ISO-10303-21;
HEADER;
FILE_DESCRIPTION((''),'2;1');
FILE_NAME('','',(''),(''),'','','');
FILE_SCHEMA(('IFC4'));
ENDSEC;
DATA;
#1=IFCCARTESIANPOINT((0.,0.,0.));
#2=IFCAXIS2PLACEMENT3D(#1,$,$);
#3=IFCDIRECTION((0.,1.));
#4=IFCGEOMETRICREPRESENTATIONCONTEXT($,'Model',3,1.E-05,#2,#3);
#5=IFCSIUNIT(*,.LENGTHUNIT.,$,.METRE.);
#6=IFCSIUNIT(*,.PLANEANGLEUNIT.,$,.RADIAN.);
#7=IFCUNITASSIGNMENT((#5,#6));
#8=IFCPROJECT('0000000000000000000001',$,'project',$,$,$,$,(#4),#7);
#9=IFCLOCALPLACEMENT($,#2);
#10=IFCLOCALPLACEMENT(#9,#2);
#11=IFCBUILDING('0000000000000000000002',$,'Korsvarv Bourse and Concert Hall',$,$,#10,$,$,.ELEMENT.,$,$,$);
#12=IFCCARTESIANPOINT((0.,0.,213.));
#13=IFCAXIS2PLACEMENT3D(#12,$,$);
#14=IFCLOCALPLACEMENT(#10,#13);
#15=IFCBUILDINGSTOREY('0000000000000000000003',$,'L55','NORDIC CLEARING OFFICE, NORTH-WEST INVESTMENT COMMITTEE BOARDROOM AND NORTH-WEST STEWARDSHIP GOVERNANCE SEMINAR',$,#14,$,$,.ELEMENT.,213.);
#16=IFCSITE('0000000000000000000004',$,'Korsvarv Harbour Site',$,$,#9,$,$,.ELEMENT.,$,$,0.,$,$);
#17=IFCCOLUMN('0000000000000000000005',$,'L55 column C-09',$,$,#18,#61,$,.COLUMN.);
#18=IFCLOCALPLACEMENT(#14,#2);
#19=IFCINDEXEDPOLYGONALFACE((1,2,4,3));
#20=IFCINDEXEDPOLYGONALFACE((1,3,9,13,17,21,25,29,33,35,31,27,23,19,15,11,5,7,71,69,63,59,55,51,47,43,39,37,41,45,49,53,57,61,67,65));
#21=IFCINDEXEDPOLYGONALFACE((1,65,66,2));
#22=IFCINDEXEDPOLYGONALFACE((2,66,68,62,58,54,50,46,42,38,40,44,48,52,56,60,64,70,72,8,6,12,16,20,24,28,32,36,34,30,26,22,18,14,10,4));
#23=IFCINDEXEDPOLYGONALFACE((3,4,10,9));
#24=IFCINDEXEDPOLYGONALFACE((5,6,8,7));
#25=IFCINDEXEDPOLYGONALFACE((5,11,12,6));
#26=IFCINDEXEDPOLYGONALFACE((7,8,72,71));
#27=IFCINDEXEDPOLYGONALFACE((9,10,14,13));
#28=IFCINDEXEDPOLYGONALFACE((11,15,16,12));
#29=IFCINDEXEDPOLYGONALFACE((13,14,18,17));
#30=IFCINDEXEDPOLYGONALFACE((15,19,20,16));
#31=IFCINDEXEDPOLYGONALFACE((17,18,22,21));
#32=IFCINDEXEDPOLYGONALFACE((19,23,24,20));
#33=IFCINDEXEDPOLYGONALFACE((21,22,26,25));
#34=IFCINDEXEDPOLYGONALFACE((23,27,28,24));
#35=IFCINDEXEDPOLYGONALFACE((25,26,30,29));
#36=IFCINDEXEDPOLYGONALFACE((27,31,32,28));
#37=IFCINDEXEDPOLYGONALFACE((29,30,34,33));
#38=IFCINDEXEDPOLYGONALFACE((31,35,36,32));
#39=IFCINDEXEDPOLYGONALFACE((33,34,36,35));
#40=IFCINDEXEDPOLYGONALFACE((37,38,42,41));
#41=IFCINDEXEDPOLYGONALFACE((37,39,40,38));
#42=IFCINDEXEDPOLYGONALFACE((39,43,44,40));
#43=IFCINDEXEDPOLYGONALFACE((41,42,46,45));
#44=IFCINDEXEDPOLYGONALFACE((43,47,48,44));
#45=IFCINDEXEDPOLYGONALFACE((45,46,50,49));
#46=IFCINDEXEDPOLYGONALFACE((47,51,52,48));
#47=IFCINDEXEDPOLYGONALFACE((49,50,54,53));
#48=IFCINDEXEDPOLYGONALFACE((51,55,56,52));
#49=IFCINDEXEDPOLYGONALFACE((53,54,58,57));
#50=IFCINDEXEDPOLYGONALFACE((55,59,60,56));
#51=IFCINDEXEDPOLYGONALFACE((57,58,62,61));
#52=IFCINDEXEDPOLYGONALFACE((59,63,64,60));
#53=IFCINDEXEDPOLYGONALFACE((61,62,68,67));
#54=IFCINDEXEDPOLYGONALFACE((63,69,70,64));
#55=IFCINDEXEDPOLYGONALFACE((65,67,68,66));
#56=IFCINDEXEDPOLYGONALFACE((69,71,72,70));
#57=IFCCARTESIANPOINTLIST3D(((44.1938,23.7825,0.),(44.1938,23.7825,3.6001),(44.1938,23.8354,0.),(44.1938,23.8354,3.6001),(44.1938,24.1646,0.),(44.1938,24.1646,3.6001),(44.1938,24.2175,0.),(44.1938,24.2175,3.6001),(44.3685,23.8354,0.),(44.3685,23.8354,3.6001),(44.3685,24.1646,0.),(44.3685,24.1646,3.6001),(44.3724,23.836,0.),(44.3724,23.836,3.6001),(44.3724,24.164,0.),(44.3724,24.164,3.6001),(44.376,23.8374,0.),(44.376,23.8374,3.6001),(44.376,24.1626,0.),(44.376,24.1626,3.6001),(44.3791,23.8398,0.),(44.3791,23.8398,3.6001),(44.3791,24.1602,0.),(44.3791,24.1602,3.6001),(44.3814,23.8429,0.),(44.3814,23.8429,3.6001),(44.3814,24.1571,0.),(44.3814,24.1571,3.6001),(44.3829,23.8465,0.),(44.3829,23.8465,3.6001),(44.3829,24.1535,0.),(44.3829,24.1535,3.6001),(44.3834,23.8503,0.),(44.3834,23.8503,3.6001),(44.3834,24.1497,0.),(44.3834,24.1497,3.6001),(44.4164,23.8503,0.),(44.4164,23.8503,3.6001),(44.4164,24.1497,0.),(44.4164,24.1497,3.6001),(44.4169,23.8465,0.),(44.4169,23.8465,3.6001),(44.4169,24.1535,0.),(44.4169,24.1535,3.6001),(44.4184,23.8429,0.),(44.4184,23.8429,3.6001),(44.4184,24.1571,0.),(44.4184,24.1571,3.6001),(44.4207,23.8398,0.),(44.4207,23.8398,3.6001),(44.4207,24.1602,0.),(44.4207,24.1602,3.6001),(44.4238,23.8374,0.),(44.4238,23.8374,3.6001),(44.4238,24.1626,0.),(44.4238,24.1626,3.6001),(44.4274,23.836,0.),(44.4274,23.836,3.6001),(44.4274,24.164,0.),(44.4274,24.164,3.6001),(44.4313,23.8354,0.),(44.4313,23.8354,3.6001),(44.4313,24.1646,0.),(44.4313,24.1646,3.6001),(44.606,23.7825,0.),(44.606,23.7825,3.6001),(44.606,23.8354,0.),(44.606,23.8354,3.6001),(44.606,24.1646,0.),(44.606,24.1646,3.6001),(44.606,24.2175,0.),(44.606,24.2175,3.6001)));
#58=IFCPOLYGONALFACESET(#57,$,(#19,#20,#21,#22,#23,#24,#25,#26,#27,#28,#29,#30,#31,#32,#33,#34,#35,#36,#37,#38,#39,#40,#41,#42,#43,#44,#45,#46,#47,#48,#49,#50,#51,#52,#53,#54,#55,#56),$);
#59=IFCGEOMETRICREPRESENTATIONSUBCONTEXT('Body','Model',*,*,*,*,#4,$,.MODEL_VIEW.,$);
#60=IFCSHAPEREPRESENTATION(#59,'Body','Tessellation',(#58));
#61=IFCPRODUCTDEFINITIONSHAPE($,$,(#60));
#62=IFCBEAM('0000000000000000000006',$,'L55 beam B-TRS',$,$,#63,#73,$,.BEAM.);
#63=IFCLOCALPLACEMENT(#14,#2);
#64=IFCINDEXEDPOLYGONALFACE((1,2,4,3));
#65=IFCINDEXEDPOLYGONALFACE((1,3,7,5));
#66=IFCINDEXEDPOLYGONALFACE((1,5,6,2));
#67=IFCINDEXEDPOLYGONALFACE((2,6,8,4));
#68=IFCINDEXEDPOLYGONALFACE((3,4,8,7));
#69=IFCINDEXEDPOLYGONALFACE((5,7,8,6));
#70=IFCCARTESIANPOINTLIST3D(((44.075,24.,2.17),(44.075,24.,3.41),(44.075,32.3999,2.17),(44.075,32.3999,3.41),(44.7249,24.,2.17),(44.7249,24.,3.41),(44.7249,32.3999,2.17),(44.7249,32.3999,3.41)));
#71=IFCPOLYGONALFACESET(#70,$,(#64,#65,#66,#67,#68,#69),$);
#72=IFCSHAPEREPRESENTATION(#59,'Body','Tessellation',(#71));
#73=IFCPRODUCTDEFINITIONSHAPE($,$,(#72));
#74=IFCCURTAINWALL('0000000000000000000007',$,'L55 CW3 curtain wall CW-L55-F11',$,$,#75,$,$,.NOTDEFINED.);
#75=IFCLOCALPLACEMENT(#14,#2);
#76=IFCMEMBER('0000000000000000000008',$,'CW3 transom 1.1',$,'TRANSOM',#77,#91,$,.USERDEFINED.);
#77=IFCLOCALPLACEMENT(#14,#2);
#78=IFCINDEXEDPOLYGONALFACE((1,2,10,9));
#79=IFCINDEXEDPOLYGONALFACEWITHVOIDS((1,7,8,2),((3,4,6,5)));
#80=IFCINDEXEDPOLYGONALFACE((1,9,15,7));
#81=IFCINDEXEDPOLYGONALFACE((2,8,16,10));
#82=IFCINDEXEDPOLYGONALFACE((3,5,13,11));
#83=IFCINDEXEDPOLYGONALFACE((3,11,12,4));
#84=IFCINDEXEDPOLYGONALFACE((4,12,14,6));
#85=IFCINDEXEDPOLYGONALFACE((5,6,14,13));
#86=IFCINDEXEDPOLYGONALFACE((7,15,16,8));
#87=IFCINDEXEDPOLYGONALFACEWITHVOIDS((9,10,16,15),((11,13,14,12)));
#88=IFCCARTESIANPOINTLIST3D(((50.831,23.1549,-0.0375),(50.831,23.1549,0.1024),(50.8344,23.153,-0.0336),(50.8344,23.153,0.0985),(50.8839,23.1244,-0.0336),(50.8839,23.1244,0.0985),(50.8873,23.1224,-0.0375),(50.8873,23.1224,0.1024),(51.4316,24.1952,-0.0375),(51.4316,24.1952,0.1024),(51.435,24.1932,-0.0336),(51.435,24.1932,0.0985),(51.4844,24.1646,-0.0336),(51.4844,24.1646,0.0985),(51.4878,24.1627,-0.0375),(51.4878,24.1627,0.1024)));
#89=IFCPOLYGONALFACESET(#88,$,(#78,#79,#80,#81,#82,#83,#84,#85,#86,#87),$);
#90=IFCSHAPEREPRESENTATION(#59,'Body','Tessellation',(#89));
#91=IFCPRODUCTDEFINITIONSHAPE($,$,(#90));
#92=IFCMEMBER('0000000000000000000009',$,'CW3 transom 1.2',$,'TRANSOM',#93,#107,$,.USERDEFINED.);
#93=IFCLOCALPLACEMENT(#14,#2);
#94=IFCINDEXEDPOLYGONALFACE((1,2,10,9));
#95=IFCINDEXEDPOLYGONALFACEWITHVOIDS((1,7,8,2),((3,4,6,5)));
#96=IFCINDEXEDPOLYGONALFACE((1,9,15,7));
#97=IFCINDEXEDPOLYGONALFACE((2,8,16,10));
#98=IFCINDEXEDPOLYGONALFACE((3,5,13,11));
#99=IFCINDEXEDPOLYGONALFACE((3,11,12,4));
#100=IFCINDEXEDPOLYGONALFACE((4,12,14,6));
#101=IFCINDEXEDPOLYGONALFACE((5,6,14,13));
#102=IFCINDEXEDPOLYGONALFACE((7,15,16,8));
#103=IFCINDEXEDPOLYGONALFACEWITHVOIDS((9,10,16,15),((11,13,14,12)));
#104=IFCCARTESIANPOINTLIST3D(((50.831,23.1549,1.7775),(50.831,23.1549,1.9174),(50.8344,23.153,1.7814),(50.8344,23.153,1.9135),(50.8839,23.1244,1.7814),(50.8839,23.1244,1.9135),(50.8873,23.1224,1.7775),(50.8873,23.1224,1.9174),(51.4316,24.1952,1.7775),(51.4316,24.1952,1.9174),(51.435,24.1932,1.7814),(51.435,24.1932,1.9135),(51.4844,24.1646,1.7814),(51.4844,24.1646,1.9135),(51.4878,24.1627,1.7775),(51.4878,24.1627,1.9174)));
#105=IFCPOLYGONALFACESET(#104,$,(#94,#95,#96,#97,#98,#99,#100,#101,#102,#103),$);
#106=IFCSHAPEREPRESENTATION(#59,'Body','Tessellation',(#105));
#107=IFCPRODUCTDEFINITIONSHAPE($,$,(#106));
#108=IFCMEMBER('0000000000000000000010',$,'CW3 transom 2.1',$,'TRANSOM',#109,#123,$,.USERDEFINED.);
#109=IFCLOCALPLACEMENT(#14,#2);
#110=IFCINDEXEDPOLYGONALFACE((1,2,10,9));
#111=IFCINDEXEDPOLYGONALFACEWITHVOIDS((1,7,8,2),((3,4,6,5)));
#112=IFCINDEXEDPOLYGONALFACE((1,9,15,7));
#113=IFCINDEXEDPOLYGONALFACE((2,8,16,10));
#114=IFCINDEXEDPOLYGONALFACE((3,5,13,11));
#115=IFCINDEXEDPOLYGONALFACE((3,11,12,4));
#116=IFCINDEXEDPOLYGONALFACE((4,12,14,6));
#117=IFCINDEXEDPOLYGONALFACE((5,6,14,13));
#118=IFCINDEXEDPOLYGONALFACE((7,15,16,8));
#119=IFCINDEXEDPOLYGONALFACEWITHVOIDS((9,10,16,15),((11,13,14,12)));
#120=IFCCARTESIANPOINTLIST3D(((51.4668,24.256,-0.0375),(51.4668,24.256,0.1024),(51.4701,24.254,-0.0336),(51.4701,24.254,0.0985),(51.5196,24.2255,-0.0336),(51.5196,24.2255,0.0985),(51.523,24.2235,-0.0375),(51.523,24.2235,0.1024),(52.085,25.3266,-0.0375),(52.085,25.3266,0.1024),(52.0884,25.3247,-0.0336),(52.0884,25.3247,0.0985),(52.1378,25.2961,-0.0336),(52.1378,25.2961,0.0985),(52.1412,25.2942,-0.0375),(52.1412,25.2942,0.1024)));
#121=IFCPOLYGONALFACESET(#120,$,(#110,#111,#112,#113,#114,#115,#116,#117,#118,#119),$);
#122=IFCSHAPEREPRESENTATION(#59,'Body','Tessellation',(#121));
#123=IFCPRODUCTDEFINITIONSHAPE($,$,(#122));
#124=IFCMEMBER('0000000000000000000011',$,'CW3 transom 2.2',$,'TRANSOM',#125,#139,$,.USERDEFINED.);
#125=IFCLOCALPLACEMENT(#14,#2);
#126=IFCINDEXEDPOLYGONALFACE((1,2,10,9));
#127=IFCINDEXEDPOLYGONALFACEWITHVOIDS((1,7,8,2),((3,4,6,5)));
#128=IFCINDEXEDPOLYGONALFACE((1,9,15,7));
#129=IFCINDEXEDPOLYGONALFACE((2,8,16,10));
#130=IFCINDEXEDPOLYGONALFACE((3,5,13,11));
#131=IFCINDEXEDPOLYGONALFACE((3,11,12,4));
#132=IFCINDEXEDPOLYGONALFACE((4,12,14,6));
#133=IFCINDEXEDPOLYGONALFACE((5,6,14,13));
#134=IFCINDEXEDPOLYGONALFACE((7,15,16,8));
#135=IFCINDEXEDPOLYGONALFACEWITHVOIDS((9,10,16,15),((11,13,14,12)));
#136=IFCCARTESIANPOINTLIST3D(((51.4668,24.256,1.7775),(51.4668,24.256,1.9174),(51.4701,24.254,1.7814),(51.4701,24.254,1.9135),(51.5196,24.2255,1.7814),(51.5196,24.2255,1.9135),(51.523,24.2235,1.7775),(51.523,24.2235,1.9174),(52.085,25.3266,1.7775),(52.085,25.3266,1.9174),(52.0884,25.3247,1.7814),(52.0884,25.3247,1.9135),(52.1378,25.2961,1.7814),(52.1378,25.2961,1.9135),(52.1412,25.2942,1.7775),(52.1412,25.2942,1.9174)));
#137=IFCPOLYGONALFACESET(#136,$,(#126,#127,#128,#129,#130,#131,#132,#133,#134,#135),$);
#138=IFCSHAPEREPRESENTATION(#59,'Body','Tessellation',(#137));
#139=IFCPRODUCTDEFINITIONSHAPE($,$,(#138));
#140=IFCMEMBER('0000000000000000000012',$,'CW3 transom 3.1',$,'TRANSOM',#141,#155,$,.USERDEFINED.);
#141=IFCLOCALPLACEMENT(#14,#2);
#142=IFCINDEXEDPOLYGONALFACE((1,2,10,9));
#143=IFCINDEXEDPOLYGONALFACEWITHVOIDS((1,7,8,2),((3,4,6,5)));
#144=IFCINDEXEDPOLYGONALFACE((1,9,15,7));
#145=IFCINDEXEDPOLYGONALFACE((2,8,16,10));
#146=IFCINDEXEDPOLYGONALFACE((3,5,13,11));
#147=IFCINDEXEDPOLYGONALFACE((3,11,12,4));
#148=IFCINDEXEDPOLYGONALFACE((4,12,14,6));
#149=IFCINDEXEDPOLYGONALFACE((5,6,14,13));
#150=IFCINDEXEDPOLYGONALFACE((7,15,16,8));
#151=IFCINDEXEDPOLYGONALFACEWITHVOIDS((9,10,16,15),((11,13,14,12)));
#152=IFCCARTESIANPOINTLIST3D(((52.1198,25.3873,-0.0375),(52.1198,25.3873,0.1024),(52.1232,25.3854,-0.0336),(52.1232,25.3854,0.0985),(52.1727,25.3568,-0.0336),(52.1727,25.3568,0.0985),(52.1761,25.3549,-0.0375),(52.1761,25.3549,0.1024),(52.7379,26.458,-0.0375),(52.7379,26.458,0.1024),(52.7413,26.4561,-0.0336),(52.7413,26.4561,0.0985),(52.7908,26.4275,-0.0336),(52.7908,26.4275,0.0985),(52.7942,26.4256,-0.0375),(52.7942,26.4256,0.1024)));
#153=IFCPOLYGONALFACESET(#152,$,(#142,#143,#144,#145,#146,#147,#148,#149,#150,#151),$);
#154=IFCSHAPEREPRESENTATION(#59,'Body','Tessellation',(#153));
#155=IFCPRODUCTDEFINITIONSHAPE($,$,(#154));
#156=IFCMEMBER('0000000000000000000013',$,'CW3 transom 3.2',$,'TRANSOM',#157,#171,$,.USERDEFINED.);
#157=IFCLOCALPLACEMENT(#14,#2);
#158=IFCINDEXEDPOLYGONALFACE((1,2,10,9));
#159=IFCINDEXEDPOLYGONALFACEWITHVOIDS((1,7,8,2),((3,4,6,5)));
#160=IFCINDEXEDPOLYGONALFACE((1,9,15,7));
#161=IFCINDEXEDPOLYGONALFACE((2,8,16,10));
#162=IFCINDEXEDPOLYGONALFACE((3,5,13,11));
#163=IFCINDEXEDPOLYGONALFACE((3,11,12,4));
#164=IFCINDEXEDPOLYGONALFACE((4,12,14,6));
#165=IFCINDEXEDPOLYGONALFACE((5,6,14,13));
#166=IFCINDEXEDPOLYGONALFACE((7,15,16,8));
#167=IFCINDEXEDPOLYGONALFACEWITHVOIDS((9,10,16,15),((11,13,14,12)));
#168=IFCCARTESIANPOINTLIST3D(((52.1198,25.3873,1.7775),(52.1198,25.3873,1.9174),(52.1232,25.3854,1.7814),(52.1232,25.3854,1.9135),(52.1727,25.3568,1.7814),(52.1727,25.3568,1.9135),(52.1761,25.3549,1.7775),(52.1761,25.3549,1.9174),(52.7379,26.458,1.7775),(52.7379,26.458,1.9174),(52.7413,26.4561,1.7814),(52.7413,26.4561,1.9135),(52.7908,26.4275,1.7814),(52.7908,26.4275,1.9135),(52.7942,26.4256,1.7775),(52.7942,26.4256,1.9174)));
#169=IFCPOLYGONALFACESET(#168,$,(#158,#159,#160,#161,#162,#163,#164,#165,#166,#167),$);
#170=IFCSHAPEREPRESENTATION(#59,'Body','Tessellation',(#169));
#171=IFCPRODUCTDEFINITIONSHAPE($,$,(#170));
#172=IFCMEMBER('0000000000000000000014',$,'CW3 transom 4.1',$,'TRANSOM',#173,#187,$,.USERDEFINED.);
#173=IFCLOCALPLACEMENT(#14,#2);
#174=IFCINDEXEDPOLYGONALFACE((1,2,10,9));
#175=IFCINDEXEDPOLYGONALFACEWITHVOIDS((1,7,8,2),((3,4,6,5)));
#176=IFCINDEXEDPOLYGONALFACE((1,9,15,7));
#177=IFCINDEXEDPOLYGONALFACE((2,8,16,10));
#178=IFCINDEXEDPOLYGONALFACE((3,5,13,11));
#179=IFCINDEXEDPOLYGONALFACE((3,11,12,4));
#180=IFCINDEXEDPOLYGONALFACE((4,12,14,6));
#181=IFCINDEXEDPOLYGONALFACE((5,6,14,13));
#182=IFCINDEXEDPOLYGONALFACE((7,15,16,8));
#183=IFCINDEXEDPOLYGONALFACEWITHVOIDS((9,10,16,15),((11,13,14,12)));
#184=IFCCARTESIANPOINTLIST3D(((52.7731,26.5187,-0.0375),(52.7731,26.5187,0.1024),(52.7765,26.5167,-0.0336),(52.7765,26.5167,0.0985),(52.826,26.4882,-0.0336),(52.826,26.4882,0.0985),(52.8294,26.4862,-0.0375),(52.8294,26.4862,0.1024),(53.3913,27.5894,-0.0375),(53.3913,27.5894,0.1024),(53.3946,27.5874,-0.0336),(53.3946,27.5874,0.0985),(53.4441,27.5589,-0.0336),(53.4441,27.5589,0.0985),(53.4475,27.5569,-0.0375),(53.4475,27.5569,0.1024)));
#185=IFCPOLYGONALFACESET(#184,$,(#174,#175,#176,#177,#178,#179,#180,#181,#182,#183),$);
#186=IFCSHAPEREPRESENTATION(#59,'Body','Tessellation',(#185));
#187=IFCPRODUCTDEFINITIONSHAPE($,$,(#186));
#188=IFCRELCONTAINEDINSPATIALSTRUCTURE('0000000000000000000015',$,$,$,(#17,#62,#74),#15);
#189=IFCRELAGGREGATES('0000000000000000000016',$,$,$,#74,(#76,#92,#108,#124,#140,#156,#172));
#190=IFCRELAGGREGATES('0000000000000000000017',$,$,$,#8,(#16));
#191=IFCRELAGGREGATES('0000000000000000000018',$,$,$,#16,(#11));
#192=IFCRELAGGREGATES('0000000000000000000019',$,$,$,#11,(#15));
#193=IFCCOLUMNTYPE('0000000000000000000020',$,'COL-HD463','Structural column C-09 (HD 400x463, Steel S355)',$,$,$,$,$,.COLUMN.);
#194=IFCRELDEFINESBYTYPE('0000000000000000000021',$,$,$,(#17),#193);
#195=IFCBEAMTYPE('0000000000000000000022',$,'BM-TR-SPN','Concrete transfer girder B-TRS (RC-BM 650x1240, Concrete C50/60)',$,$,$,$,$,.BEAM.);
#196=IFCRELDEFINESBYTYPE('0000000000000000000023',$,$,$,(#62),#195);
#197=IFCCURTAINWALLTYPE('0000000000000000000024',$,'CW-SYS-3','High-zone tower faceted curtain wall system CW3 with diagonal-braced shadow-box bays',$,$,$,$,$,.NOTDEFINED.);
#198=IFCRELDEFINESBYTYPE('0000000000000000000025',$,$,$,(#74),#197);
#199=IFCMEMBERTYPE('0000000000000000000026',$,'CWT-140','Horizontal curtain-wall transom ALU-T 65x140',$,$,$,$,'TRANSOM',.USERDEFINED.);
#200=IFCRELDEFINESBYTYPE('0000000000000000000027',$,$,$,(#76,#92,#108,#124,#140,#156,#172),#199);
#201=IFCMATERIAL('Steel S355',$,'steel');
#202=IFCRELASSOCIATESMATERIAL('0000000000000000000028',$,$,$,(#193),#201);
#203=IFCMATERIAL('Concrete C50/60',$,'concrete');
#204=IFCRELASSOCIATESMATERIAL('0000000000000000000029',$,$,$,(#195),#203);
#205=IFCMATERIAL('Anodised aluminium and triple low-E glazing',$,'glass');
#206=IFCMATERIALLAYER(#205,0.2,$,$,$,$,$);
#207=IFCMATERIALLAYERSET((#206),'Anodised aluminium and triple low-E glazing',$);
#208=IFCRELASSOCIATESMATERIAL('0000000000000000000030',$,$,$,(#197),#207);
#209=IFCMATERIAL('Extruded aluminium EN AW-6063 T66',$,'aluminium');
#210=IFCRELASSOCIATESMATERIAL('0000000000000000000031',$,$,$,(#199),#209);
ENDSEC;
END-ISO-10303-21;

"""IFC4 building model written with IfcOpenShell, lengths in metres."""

from ifc_helpers import new_model, si_unit, direction, frame, origin, origin_2d, place, context, subcontext, project, spatial, rectangle, hollow_rectangle, i_section, extrude, source, transform, mapped, material, layer, layer_set, material_profile, profile_set, type_object, element, aggregate, save


model = new_model("IFC4")

# Units and contexts
model_context = context("Model", 3, precision=1e-05, world=origin(), true_north=direction((0.0, 1.0)))
body_context = subcontext(model_context, "Body", "Model", "MODEL_VIEW")
ifc_project = project(units=[si_unit("LENGTHUNIT", "METRE"), si_unit("PLANEANGLEUNIT", "RADIAN")], contexts=[model_context])

# Site, building, storey
site_placement = place(None, origin())
site = spatial("IfcSite", under=ifc_project, at=site_placement, Name="Korsvarv Harbour Site", CompositionType="ELEMENT", RefElevation=0.0)
building_placement = place(site_placement, origin())
building = spatial("IfcBuilding", under=site, at=building_placement, Name="Korsvarv Bourse and Concert Hall", CompositionType="ELEMENT")
storey_placement = place(building_placement, frame((0.0, 0.0, 213.0)))
storey = spatial("IfcBuildingStorey", under=building, at=storey_placement, Name="L55", Description="NORDIC CLEARING OFFICE, NORTH-WEST INVESTMENT COMMITTEE BOARDROOM AND NORTH-WEST STEWARDSHIP GOVERNANCE SEMINAR", CompositionType="ELEMENT", Elevation=213.0)

# Column
ifc_material_1 = material(Name="Steel S355", Category="steel")
ifc_material_profile_1 = material_profile(ifc_material_1, i_section(OverallWidth=0.4121, OverallDepth=0.4351, WebThickness=0.033, FlangeThickness=0.053, FilletRadius=0.0149, at=origin_2d()), Name="HD 400x463")
ifc_profile_set_1 = profile_set([ifc_material_profile_1], Name="Steel S355")
column_type = type_object("IfcColumnType", Name="COL-HD463", Description="Structural column C-09 (HD 400x463, Steel S355)", PredefinedType="COLUMN", material=ifc_profile_set_1)
shared_shape_1 = source(origin(), body_context, "Body", "SweptSolid", [
    extrude(i_section(OverallWidth=0.4121, OverallDepth=0.4351, WebThickness=0.033, FlangeThickness=0.053, FilletRadius=0.0149, at=origin_2d()), origin(), (0.0, 0.0, 1.0), 3.6001),
])
column_placement = place(storey_placement, frame((44.3999, 24.0, 0.0), z_axis=(0.0, 0.0, 1.0), x_axis=(1.0, 0.0, 0.0)))
element("IfcColumn", 1, at=column_placement, inside=storey, type_object=column_type, Name="L55 column C-09", PredefinedType="COLUMN", context=body_context, shape_type="MappedRepresentation", body=[
    mapped(shared_shape_1, transform((0.0, 0.0, 0.0), scale=1.0)),
])

# Beam
ifc_material_2 = material(Name="Concrete C50/60", Category="concrete")
ifc_material_profile_2 = material_profile(ifc_material_2, rectangle(XDim=0.6499, YDim=1.24, at=origin_2d()), Name="RC-BM 650x1240")
ifc_profile_set_2 = profile_set([ifc_material_profile_2], Name="Concrete C50/60")
beam_type = type_object("IfcBeamType", Name="BM-TR-SPN", Description="Concrete transfer girder B-TRS (RC-BM 650x1240, Concrete C50/60)", PredefinedType="BEAM", material=ifc_profile_set_2)
shared_shape_2 = source(origin(), body_context, "Body", "SweptSolid", [
    extrude(rectangle(XDim=0.6499, YDim=1.24, at=origin_2d()), origin(), (0.0, 0.0, 1.0), 8.3999),
])
beam_placement = place(storey_placement, frame((44.3999, 24.0, 2.79), z_axis=(0.0, 1.0, 0.0), x_axis=(-1.0, 0.0, 0.0)))
element("IfcBeam", 2, at=beam_placement, inside=storey, type_object=beam_type, Name="L55 beam B-TRS", PredefinedType="BEAM", context=body_context, shape_type="MappedRepresentation", body=[
    mapped(shared_shape_2, transform((0.0, 0.0, 0.0), scale=1.0)),
])

# Curtain wall, members
ifc_material_3 = material(Name="Anodised aluminium and triple low-E glazing", Category="glass")
ifc_layer_1 = layer(ifc_material_3, 0.2)
ifc_layer_set_1 = layer_set([ifc_layer_1], Name="Anodised aluminium and triple low-E glazing")
curtain_wall_type = type_object("IfcCurtainWallType", Name="CW-SYS-3", Description="High-zone tower faceted curtain wall system CW3 with diagonal-braced shadow-box bays", PredefinedType="NOTDEFINED", material=ifc_layer_set_1)
curtain_wall_placement = place(storey_placement, origin())
curtain_wall = element("IfcCurtainWall", 3, at=curtain_wall_placement, inside=storey, type_object=curtain_wall_type, Name="L55 CW3 curtain wall CW-L55-F11", PredefinedType="NOTDEFINED")
ifc_material_4 = material(Name="Extruded aluminium EN AW-6063 T66", Category="aluminium")
ifc_material_profile_3 = material_profile(ifc_material_4, hollow_rectangle(XDim=0.0649, YDim=0.1399, WallThickness=0.0039, at=origin_2d()), Name="ALU-T 65x140")
ifc_profile_set_3 = profile_set([ifc_material_profile_3], Name="Extruded aluminium EN AW-6063 T66")
member_type_1 = type_object("IfcMemberType", Name="CWT-140", Description="Horizontal curtain-wall transom ALU-T 65x140", ElementType="TRANSOM", PredefinedType="USERDEFINED", material=ifc_profile_set_3)
shared_shape_3 = source(origin(), body_context, "Body", "SweptSolid", [
    extrude(hollow_rectangle(XDim=0.0649, YDim=0.1399, WallThickness=0.0039, at=origin_2d()), origin(), (0.0, 0.0, 1.0), 1.2012),
])
member_1_placement = place(storey_placement, frame((50.8591, 23.1387, 0.0325), z_axis=(0.499986, 0.866033, 0.0), x_axis=(-0.866033, 0.499986, 0.0)))
member_1 = element("IfcMember", 4, at=member_1_placement, type_object=member_type_1, Name="CW3 transom 1.1", ObjectType="TRANSOM", PredefinedType="USERDEFINED", context=body_context, shape_type="MappedRepresentation", body=[
    mapped(shared_shape_3, transform((0.0, 0.0, 0.0), scale=1.0)),
])
member_2_placement = place(storey_placement, frame((50.8591, 23.1387, 1.8474), z_axis=(0.499986, 0.866033, 0.0), x_axis=(-0.866033, 0.499986, 0.0)))
member_2 = element("IfcMember", 5, at=member_2_placement, type_object=member_type_1, Name="CW3 transom 1.2", ObjectType="TRANSOM", PredefinedType="USERDEFINED", context=body_context, shape_type="MappedRepresentation", body=[
    mapped(shared_shape_3, transform((0.0, 0.0, 0.0), scale=1.0)),
])
shared_shape_4 = source(origin(), body_context, "Body", "SweptSolid", [
    extrude(hollow_rectangle(XDim=0.0649, YDim=0.1399, WallThickness=0.0039, at=origin_2d()), origin(), (0.0, 0.0, 1.0), 1.2363),
])
member_3_placement = place(storey_placement, frame((51.4949, 24.2397, 0.0325), z_axis=(0.500047, 0.865998, 0.0), x_axis=(-0.865998, 0.500047, 0.0)))
member_3 = element("IfcMember", 6, at=member_3_placement, type_object=member_type_1, Name="CW3 transom 2.1", ObjectType="TRANSOM", PredefinedType="USERDEFINED", context=body_context, shape_type="MappedRepresentation", body=[
    mapped(shared_shape_4, transform((0.0, 0.0, 0.0), scale=1.0)),
])
member_4_placement = place(storey_placement, frame((51.4949, 24.2397, 1.8474), z_axis=(0.500047, 0.865998, 0.0), x_axis=(-0.865998, 0.500047, 0.0)))
member_4 = element("IfcMember", 7, at=member_4_placement, type_object=member_type_1, Name="CW3 transom 2.2", ObjectType="TRANSOM", PredefinedType="USERDEFINED", context=body_context, shape_type="MappedRepresentation", body=[
    mapped(shared_shape_4, transform((0.0, 0.0, 0.0), scale=1.0)),
])
member_5_placement = place(storey_placement, frame((52.1479, 25.3711, 0.0325), z_axis=(0.499962, 0.866047, 0.0), x_axis=(-0.866047, 0.499962, 0.0)))
member_5 = element("IfcMember", 8, at=member_5_placement, type_object=member_type_1, Name="CW3 transom 3.1", ObjectType="TRANSOM", PredefinedType="USERDEFINED", context=body_context, shape_type="MappedRepresentation", body=[
    mapped(shared_shape_4, transform((0.0, 0.0, 0.0), scale=1.0)),
])
member_6_placement = place(storey_placement, frame((52.1479, 25.3711, 1.8474), z_axis=(0.499962, 0.866047, 0.0), x_axis=(-0.866047, 0.499962, 0.0)))
member_6 = element("IfcMember", 9, at=member_6_placement, type_object=member_type_1, Name="CW3 transom 3.2", ObjectType="TRANSOM", PredefinedType="USERDEFINED", context=body_context, shape_type="MappedRepresentation", body=[
    mapped(shared_shape_4, transform((0.0, 0.0, 0.0), scale=1.0)),
])
member_7_placement = place(storey_placement, frame((52.8013, 26.5024, 0.0325), z_axis=(0.499962, 0.866047, 0.0), x_axis=(-0.866047, 0.499962, 0.0)))
member_7 = element("IfcMember", 10, at=member_7_placement, type_object=member_type_1, Name="CW3 transom 4.1", ObjectType="TRANSOM", PredefinedType="USERDEFINED", context=body_context, shape_type="MappedRepresentation", body=[
    mapped(shared_shape_4, transform((0.0, 0.0, 0.0), scale=1.0)),
])
aggregate(curtain_wall, [member_1, member_2, member_3, member_4, member_5, member_6, member_7])

save(model, "model.ifc")
